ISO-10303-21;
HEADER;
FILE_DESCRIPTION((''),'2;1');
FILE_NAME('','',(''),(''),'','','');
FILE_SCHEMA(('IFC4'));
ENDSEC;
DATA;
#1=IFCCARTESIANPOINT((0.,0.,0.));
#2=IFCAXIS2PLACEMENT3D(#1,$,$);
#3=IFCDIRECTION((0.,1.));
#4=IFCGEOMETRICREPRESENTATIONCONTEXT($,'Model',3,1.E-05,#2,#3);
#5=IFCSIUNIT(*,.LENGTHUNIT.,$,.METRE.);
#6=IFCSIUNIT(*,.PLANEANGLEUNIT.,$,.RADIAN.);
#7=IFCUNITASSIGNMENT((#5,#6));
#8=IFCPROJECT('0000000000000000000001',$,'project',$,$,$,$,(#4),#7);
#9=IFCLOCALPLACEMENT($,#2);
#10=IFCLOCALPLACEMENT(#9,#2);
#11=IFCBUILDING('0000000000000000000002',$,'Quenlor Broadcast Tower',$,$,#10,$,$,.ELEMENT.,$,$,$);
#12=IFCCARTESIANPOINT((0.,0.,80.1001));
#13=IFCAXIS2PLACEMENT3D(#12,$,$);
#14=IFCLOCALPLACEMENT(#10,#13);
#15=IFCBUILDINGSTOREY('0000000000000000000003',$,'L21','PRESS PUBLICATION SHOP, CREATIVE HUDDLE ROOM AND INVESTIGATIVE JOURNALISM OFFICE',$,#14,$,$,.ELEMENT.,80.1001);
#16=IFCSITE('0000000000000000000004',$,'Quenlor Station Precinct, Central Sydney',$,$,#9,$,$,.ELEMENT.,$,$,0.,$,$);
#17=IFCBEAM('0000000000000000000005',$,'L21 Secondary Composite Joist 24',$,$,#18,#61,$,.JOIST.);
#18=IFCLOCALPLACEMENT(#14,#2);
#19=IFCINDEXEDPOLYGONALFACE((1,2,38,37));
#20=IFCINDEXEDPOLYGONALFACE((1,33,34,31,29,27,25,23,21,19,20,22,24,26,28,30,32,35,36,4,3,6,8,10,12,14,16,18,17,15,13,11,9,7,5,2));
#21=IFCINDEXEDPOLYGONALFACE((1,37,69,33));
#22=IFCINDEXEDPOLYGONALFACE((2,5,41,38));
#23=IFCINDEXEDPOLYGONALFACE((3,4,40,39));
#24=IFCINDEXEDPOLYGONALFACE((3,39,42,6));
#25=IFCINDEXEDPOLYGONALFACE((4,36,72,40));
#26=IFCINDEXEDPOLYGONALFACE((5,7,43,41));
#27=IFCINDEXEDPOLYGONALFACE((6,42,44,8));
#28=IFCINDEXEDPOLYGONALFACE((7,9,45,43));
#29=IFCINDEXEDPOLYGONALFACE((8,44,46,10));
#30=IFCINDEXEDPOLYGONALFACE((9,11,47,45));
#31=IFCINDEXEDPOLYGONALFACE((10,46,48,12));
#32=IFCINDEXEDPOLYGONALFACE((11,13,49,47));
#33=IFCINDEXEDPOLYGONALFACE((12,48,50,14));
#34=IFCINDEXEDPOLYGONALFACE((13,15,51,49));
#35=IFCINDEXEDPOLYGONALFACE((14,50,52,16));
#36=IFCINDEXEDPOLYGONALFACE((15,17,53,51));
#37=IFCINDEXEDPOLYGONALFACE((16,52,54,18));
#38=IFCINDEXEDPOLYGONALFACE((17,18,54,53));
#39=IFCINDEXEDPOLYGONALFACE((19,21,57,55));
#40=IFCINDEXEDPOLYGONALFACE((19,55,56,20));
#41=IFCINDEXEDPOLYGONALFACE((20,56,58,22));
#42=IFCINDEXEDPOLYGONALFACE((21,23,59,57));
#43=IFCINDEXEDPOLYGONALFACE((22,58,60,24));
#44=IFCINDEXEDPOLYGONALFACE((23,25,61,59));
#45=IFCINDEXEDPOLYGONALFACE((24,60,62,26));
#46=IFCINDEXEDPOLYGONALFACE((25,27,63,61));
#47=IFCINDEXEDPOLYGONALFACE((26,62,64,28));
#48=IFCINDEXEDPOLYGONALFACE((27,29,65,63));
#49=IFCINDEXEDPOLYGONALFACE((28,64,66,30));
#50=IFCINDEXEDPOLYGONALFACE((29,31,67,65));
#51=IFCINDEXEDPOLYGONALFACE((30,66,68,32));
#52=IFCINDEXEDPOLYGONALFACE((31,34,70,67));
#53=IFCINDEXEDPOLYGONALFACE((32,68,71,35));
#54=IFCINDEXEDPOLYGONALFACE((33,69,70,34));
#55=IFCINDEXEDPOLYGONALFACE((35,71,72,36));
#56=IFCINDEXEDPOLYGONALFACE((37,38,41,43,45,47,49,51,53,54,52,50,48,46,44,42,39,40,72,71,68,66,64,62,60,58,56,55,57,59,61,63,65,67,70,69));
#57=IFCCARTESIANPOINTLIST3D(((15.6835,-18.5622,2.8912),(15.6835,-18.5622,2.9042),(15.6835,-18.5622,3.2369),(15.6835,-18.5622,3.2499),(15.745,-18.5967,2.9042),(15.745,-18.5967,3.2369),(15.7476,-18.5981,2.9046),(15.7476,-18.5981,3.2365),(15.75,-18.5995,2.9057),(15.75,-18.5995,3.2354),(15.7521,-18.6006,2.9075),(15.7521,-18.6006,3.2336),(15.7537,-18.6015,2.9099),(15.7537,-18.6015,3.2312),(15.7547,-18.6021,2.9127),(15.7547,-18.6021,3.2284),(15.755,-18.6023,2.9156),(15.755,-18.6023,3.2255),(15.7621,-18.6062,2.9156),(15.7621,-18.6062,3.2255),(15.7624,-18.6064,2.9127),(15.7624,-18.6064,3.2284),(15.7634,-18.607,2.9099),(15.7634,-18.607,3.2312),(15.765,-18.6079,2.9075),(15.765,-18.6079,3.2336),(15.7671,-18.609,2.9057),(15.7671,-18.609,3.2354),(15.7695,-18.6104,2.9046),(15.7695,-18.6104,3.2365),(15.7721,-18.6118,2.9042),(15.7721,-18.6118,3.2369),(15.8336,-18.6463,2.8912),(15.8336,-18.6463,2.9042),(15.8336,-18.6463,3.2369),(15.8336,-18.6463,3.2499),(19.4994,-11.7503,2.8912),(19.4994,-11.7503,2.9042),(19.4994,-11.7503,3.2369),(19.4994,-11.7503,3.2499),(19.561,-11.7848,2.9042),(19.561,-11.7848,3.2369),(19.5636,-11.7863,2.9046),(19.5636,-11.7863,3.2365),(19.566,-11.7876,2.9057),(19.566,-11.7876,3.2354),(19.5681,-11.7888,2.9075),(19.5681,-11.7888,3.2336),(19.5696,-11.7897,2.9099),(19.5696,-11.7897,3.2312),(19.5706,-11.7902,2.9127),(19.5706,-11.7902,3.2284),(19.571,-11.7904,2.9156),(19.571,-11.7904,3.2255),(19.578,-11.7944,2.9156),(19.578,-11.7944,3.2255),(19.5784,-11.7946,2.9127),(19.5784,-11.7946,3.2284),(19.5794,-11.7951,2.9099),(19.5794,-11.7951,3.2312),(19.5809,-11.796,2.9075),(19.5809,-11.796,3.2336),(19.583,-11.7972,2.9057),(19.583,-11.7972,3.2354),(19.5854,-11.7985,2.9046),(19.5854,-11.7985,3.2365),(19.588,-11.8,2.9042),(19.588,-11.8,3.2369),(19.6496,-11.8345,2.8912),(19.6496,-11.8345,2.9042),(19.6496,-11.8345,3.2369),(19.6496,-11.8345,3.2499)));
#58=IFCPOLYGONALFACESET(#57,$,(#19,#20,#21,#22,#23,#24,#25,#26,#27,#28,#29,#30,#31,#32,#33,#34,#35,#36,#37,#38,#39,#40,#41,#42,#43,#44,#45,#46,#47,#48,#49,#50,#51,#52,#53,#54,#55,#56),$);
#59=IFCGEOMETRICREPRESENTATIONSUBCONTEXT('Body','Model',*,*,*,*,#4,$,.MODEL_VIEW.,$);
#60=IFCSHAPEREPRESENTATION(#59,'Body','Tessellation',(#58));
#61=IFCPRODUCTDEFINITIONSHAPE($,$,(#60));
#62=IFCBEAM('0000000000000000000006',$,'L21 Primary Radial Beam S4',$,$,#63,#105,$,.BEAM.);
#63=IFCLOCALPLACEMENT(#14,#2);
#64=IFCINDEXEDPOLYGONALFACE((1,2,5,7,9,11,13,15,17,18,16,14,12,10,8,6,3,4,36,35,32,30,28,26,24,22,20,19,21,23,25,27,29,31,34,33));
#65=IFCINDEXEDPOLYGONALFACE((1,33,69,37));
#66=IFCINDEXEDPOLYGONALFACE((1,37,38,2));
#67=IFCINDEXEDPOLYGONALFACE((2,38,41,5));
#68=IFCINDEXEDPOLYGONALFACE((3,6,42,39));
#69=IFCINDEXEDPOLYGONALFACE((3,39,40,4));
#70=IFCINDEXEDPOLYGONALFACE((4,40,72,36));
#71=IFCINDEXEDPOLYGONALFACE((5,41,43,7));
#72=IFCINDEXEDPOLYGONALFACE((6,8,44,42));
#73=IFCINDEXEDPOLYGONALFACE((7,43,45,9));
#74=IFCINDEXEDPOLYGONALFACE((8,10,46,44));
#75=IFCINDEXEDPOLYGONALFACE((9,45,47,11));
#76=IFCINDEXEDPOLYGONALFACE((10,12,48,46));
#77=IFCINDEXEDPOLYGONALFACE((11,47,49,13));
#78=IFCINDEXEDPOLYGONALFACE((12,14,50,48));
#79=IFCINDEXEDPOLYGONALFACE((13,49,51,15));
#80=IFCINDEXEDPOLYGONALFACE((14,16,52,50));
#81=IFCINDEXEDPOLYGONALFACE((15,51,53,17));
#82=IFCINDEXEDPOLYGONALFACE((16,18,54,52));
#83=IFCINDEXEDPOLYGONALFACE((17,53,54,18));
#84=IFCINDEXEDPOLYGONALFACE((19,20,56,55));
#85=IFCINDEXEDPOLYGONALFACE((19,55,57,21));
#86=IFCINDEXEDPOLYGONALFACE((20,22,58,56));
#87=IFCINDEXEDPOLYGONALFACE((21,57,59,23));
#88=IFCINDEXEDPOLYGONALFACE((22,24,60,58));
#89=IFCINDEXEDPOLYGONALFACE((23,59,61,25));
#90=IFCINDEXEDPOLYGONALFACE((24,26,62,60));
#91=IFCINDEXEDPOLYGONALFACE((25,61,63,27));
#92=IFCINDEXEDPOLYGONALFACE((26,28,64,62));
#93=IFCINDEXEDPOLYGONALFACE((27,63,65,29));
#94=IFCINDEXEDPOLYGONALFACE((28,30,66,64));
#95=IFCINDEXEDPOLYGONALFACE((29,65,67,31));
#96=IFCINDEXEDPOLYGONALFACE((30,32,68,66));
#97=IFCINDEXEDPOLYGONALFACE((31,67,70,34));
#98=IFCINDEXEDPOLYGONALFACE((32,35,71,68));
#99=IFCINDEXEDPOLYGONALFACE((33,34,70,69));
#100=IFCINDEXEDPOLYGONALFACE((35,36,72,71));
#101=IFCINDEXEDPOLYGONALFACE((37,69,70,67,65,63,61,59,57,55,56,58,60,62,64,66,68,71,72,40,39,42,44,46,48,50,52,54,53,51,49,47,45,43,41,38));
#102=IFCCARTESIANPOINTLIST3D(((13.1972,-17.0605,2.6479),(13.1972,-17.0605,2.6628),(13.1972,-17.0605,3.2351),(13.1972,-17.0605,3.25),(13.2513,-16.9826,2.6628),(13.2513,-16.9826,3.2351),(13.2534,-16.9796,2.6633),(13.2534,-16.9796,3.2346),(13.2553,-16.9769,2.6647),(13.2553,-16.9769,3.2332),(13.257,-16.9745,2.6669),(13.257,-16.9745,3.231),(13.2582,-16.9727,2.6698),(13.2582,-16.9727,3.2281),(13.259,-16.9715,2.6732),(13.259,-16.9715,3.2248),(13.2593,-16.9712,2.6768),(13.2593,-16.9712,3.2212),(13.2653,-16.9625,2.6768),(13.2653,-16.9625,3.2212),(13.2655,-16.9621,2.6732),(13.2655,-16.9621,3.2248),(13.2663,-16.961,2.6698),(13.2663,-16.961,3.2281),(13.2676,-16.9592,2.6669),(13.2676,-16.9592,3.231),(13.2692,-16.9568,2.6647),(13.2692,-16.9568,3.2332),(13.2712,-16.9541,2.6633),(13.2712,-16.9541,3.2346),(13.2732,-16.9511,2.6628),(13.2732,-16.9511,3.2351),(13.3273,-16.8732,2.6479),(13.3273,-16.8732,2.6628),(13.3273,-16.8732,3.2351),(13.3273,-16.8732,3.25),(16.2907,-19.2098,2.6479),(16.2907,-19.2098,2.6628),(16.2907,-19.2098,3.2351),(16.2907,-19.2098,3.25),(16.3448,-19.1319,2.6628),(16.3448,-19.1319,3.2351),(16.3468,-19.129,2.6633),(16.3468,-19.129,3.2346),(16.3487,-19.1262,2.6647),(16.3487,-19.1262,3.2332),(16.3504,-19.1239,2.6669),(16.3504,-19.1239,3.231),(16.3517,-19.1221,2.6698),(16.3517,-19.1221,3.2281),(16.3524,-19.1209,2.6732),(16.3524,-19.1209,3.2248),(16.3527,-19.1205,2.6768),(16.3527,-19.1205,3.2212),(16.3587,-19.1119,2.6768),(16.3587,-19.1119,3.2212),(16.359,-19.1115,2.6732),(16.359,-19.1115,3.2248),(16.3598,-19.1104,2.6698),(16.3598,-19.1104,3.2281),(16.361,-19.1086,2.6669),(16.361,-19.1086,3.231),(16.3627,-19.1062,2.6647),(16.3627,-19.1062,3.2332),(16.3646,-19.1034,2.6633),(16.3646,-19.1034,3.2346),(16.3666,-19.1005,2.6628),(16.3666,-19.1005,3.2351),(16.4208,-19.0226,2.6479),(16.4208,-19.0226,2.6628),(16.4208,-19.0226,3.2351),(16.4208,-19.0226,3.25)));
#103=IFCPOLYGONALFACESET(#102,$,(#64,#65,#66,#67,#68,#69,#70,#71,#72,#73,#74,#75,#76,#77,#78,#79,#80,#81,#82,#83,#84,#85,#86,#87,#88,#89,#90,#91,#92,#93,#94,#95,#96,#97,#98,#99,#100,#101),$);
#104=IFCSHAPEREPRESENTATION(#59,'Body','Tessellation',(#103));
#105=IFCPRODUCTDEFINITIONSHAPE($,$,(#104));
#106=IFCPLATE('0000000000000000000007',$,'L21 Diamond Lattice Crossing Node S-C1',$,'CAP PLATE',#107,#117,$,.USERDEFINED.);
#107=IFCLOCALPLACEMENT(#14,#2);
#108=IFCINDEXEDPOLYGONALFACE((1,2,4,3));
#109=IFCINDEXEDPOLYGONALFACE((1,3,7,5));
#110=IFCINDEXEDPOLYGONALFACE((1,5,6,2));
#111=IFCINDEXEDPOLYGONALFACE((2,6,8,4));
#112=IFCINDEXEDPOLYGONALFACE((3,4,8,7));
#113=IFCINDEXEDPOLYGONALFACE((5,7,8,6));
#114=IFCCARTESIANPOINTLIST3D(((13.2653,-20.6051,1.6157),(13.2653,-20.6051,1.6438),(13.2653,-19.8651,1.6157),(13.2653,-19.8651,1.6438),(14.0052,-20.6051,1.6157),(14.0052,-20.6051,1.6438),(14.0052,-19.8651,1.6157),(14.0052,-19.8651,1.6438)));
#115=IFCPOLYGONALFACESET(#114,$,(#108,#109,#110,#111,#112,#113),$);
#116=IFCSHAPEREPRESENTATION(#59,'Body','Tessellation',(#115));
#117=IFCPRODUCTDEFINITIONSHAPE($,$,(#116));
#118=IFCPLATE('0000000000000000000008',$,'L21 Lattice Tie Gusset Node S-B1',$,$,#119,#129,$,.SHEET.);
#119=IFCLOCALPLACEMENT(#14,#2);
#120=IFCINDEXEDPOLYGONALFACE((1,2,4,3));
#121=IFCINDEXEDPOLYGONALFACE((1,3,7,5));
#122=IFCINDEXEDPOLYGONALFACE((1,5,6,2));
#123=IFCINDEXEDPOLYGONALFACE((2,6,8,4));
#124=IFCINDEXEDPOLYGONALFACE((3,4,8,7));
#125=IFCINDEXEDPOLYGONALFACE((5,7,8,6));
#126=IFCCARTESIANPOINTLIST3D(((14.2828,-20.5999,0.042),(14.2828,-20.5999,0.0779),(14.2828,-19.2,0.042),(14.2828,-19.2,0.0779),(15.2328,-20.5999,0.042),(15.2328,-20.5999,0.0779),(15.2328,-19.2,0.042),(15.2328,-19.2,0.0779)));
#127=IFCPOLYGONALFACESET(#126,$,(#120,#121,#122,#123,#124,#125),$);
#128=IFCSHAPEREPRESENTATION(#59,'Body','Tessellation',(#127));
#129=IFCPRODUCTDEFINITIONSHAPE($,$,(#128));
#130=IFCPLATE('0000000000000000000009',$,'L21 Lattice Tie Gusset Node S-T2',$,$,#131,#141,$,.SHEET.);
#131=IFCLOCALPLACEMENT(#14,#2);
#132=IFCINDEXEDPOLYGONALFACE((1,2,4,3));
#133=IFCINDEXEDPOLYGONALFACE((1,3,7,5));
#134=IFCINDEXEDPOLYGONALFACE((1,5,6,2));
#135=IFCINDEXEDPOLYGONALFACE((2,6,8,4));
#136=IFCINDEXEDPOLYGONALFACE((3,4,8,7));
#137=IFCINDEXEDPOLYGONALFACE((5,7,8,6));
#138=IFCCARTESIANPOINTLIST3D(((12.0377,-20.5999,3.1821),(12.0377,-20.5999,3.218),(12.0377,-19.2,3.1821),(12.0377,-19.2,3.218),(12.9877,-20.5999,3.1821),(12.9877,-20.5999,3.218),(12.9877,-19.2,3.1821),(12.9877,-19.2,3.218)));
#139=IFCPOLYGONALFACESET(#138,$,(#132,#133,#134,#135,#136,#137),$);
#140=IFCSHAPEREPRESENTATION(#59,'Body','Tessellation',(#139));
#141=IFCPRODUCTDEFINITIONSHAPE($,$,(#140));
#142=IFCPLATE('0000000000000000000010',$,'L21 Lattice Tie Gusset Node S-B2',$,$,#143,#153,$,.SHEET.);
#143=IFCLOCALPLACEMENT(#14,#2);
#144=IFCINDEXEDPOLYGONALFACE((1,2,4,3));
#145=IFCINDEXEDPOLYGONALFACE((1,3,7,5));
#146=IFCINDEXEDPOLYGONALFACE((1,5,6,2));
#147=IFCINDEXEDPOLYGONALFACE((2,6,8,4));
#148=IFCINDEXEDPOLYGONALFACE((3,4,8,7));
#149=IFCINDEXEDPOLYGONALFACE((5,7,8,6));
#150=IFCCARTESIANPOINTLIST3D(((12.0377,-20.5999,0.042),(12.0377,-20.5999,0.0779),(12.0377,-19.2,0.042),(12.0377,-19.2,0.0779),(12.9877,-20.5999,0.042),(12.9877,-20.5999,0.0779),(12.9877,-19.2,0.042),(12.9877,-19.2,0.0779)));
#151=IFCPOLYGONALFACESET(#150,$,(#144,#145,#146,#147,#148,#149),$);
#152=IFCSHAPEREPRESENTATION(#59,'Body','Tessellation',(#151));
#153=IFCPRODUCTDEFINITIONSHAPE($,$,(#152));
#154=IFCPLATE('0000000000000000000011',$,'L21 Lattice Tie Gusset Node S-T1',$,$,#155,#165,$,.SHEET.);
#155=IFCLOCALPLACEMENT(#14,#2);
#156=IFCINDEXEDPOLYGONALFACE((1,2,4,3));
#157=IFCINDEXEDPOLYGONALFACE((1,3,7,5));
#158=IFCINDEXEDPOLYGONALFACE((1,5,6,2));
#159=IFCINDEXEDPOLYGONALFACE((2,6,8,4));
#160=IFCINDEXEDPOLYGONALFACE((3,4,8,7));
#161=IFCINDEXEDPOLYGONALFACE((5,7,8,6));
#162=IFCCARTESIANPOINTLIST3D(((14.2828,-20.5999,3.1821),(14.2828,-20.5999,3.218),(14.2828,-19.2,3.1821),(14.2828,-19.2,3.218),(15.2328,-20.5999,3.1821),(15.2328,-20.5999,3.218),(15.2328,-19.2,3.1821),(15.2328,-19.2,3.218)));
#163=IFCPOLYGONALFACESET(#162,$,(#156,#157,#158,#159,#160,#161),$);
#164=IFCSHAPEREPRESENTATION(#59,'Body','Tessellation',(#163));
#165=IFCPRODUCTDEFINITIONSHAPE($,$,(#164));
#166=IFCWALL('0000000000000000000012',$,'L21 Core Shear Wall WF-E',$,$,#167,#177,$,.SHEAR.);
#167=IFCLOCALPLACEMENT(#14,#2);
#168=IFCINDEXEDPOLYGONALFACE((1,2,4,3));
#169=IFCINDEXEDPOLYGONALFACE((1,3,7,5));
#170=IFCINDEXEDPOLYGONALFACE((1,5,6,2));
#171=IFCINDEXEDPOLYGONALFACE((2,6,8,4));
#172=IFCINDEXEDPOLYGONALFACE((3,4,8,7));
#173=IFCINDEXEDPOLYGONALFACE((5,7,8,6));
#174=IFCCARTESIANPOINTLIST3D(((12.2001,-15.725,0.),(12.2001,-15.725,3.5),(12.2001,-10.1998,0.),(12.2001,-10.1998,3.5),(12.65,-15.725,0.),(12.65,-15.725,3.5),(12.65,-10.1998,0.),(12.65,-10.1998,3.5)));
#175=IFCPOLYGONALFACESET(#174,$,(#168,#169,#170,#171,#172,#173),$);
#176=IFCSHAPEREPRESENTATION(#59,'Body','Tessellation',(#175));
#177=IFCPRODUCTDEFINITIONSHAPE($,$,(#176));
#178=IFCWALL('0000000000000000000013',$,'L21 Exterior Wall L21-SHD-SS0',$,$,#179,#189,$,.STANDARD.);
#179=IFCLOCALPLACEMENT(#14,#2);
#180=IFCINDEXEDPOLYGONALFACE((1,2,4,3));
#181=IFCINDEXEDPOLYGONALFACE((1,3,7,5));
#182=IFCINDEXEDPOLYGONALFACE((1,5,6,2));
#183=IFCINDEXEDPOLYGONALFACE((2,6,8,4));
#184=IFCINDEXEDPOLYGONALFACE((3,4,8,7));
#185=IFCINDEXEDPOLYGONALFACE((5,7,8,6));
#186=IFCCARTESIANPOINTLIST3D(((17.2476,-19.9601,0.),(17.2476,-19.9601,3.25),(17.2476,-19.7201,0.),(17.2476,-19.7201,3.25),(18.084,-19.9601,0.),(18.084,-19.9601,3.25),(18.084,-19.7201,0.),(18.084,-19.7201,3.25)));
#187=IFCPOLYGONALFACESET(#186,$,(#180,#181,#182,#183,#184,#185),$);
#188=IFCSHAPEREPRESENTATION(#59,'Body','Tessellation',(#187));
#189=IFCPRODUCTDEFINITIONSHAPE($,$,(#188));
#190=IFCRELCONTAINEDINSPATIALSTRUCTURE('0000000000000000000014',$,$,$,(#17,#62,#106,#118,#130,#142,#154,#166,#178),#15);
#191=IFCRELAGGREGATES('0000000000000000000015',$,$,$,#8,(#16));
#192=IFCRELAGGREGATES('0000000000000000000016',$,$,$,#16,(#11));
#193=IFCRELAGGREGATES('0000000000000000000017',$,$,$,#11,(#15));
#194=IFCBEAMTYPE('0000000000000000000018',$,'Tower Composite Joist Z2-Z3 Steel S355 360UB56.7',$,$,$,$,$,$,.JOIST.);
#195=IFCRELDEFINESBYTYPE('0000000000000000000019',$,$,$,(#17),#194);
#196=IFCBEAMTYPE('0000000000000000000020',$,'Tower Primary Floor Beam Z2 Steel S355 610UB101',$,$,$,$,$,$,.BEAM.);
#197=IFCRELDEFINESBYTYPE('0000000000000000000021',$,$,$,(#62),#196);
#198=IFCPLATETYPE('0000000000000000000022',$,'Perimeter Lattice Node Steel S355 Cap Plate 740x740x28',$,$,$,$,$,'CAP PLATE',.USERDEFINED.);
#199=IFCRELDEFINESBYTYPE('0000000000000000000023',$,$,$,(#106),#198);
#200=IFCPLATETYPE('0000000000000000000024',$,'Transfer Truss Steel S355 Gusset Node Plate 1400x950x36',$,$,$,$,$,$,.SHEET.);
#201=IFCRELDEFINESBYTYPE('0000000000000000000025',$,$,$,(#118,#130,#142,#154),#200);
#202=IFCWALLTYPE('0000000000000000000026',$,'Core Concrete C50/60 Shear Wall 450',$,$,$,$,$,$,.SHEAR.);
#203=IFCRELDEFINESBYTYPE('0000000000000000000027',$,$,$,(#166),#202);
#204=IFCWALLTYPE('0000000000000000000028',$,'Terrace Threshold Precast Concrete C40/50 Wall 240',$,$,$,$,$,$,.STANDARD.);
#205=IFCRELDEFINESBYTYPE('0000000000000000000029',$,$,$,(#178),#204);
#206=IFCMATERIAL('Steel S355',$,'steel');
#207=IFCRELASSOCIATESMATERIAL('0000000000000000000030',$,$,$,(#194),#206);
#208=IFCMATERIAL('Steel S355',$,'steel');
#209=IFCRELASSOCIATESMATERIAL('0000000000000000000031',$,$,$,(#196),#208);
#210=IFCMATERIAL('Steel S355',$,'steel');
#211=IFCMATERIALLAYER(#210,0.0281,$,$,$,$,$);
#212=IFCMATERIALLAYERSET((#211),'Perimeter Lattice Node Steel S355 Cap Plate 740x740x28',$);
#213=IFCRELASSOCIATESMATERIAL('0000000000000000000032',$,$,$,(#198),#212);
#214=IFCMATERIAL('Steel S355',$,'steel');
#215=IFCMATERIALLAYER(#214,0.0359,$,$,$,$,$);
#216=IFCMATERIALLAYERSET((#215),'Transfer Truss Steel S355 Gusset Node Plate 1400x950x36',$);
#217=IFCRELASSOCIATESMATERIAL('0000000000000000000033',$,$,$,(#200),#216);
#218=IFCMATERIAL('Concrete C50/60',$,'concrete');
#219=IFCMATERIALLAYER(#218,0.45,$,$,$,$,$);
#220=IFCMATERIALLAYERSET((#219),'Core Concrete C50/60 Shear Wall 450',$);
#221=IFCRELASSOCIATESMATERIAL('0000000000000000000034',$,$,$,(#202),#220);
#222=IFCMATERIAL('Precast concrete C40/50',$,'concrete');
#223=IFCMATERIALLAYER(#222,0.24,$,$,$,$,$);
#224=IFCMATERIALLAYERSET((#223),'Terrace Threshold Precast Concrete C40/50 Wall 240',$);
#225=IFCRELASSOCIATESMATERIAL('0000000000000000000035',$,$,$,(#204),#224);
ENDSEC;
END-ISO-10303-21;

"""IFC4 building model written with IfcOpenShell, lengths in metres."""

from ifc_helpers import new_model, si_unit, direction, frame, frame_2d, origin, origin_2d, place, context, subcontext, project, spatial, rectangle, i_section, extrude, material, layer, layer_set, material_profile, profile_set, type_object, element, save


model = new_model("IFC4")

# Units and contexts
model_context = context("Model", 3, precision=1e-05, world=origin(), true_north=direction((0.0, 1.0)))
body_context = subcontext(model_context, "Body", "Model", "MODEL_VIEW")
ifc_project = project(units=[si_unit("LENGTHUNIT", "METRE"), si_unit("PLANEANGLEUNIT", "RADIAN")], contexts=[model_context])

# Site, building, storey
site_placement = place(None, origin())
site = spatial("IfcSite", under=ifc_project, at=site_placement, Name="Quenlor Station Precinct, Central Sydney", CompositionType="ELEMENT", RefElevation=0.0)
building_placement = place(site_placement, origin())
building = spatial("IfcBuilding", under=site, at=building_placement, Name="Quenlor Broadcast Tower", CompositionType="ELEMENT")
storey_placement = place(building_placement, frame((0.0, 0.0, 80.1001)))
storey = spatial("IfcBuildingStorey", under=building, at=storey_placement, Name="L21", Description="PRESS PUBLICATION SHOP, CREATIVE HUDDLE ROOM AND INVESTIGATIVE JOURNALISM OFFICE", CompositionType="ELEMENT", Elevation=80.1001)

# Beams
ifc_material_1 = material(Name="Steel S355", Category="steel")
ifc_material_profile_1 = material_profile(ifc_material_1, i_section(OverallWidth=0.1721, OverallDepth=0.3586, WebThickness=0.0081, FlangeThickness=0.0129, FilletRadius=0.0115, at=origin_2d()))
ifc_profile_set_1 = profile_set([ifc_material_profile_1], Name="Steel S355 360UB56.7")
beam_type_1 = type_object("IfcBeamType", Name="Tower Composite Joist Z2-Z3 Steel S355 360UB56.7", PredefinedType="JOIST", material=ifc_profile_set_1)
beam_1_placement = place(storey_placement, frame((15.7585, -18.6042, 3.0706), z_axis=(0.488733, 0.872433, 0.0), x_axis=(-0.872433, 0.488733, 0.0)))
element("IfcBeam", 1, at=beam_1_placement, inside=storey, type_object=beam_type_1, Name="L21 Secondary Composite Joist 24", PredefinedType="JOIST", context=body_context, shape_type="SweptSolid", body=[
    extrude(i_section(OverallWidth=0.1721, OverallDepth=0.3586, WebThickness=0.0081, FlangeThickness=0.0129, FilletRadius=0.0115, at=origin_2d()), origin(), (0.0, 0.0, 1.0), 7.8079),
])
ifc_material_2 = material(Name="Steel S355", Category="steel")
ifc_material_profile_2 = material_profile(ifc_material_2, i_section(OverallWidth=0.228, OverallDepth=0.6021, WebThickness=0.0105, FlangeThickness=0.0149, FilletRadius=0.0139, at=origin_2d()))
ifc_profile_set_2 = profile_set([ifc_material_profile_2], Name="Steel S355 610UB101")
beam_type_2 = type_object("IfcBeamType", Name="Tower Primary Floor Beam Z2 Steel S355 610UB101", PredefinedType="BEAM", material=ifc_profile_set_2)
beam_2_placement = place(storey_placement, frame((16.3557, -19.1162, 2.949), z_axis=(-0.821227, 0.570601, 0.0), x_axis=(-0.570601, -0.821227, 0.0)))
element("IfcBeam", 2, at=beam_2_placement, inside=storey, type_object=beam_type_2, Name="L21 Primary Radial Beam S4", PredefinedType="BEAM", context=body_context, shape_type="SweptSolid", body=[
    extrude(i_section(OverallWidth=0.228, OverallDepth=0.6021, WebThickness=0.0105, FlangeThickness=0.0149, FilletRadius=0.0139, at=origin_2d()), origin(), (0.0, 0.0, 1.0), 3.7668),
])

# Plates
ifc_material_3 = material(Name="Steel S355", Category="steel")
ifc_layer_1 = layer(ifc_material_3, 0.0281)
ifc_layer_set_1 = layer_set([ifc_layer_1], Name="Perimeter Lattice Node Steel S355 Cap Plate 740x740x28")
plate_type_1 = type_object("IfcPlateType", Name="Perimeter Lattice Node Steel S355 Cap Plate 740x740x28", ElementType="CAP PLATE", PredefinedType="USERDEFINED", material=ifc_layer_set_1)
plate_placement = place(storey_placement, frame((13.6353, -20.2351, 1.6157), z_axis=(0.0, 0.0, 1.0), x_axis=(-1.0, 0.0, 0.0)))
element("IfcPlate", 3, at=plate_placement, inside=storey, type_object=plate_type_1, Name="L21 Diamond Lattice Crossing Node S-C1", ObjectType="CAP PLATE", PredefinedType="USERDEFINED", context=body_context, shape_type="SweptSolid", body=[
    extrude(rectangle(XDim=0.74, YDim=0.74, at=origin_2d()), origin(), (0.0, 0.0, 1.0), 0.0281),
])
ifc_material_4 = material(Name="Steel S355", Category="steel")
ifc_layer_2 = layer(ifc_material_4, 0.0359)
ifc_layer_set_2 = layer_set([ifc_layer_2], Name="Transfer Truss Steel S355 Gusset Node Plate 1400x950x36")
plate_type_2 = type_object("IfcPlateType", Name="Transfer Truss Steel S355 Gusset Node Plate 1400x950x36", PredefinedType="SHEET", material=ifc_layer_set_2)
for number, where, z_axis, x_axis, name in (
    (4, (14.7578, -19.8999, 0.042), (0.0, 0.0, 1.0), (0.0, -1.0, 0.0), "L21 Lattice Tie Gusset Node S-B1"),
    (5, (12.5127, -19.8999, 3.1821), (0.0, 0.0, 1.0), (0.0, -1.0, 0.0), "L21 Lattice Tie Gusset Node S-T2"),
    (6, (12.5127, -19.8999, 0.042), (0.0, 0.0, 1.0), (0.0, -1.0, 0.0), "L21 Lattice Tie Gusset Node S-B2"),
    (7, (14.7578, -19.8999, 3.1821), (0.0, 0.0, 1.0), (0.0, -1.0, 0.0), "L21 Lattice Tie Gusset Node S-T1"),
):
    element("IfcPlate", number, at=place(storey_placement, frame(where, z_axis=z_axis, x_axis=x_axis)), inside=storey, type_object=plate_type_2, Name=name, PredefinedType="SHEET", context=body_context, shape_type="SweptSolid", body=[
        extrude(rectangle(XDim=1.3999, YDim=0.95, at=origin_2d()), origin(), (0.0, 0.0, 1.0), 0.0359),
    ])

# Walls
ifc_material_5 = material(Name="Concrete C50/60", Category="concrete")
ifc_layer_3 = layer(ifc_material_5, 0.45)
ifc_layer_set_3 = layer_set([ifc_layer_3], Name="Core Concrete C50/60 Shear Wall 450")
wall_type_1 = type_object("IfcWallType", Name="Core Concrete C50/60 Shear Wall 450", PredefinedType="SHEAR", material=ifc_layer_set_3)
wall_1_placement = place(storey_placement, frame((12.425, -15.7251, 0.0), z_axis=(0.0, 0.0, 1.0), x_axis=(0.0, 1.0, 0.0)))
element("IfcWall", 8, at=wall_1_placement, inside=storey, type_object=wall_type_1, Name="L21 Core Shear Wall WF-E", PredefinedType="SHEAR", context=body_context, shape_type="SweptSolid", body=[
    extrude(rectangle(XDim=5.5251, YDim=0.45, at=frame_2d((2.7627, 0.0))), origin(), (0.0, 0.0, 1.0), 3.5),
])
ifc_material_6 = material(Name="Precast concrete C40/50", Category="concrete")
ifc_layer_4 = layer(ifc_material_6, 0.24)
ifc_layer_set_4 = layer_set([ifc_layer_4], Name="Terrace Threshold Precast Concrete C40/50 Wall 240")
wall_type_2 = type_object("IfcWallType", Name="Terrace Threshold Precast Concrete C40/50 Wall 240", PredefinedType="STANDARD", material=ifc_layer_set_4)
wall_2_placement = place(storey_placement, frame((18.084, -19.8401, 0.0), z_axis=(0.0, 0.0, 1.0), x_axis=(-1.0, 0.0, 0.0)))
element("IfcWall", 9, at=wall_2_placement, inside=storey, type_object=wall_type_2, Name="L21 Exterior Wall L21-SHD-SS0", PredefinedType="STANDARD", context=body_context, shape_type="SweptSolid", body=[
    extrude(rectangle(XDim=0.8364, YDim=0.24, at=frame_2d((0.4182, 0.0))), origin(), (0.0, 0.0, 1.0), 3.25),
])

save(model, "model.ifc")
